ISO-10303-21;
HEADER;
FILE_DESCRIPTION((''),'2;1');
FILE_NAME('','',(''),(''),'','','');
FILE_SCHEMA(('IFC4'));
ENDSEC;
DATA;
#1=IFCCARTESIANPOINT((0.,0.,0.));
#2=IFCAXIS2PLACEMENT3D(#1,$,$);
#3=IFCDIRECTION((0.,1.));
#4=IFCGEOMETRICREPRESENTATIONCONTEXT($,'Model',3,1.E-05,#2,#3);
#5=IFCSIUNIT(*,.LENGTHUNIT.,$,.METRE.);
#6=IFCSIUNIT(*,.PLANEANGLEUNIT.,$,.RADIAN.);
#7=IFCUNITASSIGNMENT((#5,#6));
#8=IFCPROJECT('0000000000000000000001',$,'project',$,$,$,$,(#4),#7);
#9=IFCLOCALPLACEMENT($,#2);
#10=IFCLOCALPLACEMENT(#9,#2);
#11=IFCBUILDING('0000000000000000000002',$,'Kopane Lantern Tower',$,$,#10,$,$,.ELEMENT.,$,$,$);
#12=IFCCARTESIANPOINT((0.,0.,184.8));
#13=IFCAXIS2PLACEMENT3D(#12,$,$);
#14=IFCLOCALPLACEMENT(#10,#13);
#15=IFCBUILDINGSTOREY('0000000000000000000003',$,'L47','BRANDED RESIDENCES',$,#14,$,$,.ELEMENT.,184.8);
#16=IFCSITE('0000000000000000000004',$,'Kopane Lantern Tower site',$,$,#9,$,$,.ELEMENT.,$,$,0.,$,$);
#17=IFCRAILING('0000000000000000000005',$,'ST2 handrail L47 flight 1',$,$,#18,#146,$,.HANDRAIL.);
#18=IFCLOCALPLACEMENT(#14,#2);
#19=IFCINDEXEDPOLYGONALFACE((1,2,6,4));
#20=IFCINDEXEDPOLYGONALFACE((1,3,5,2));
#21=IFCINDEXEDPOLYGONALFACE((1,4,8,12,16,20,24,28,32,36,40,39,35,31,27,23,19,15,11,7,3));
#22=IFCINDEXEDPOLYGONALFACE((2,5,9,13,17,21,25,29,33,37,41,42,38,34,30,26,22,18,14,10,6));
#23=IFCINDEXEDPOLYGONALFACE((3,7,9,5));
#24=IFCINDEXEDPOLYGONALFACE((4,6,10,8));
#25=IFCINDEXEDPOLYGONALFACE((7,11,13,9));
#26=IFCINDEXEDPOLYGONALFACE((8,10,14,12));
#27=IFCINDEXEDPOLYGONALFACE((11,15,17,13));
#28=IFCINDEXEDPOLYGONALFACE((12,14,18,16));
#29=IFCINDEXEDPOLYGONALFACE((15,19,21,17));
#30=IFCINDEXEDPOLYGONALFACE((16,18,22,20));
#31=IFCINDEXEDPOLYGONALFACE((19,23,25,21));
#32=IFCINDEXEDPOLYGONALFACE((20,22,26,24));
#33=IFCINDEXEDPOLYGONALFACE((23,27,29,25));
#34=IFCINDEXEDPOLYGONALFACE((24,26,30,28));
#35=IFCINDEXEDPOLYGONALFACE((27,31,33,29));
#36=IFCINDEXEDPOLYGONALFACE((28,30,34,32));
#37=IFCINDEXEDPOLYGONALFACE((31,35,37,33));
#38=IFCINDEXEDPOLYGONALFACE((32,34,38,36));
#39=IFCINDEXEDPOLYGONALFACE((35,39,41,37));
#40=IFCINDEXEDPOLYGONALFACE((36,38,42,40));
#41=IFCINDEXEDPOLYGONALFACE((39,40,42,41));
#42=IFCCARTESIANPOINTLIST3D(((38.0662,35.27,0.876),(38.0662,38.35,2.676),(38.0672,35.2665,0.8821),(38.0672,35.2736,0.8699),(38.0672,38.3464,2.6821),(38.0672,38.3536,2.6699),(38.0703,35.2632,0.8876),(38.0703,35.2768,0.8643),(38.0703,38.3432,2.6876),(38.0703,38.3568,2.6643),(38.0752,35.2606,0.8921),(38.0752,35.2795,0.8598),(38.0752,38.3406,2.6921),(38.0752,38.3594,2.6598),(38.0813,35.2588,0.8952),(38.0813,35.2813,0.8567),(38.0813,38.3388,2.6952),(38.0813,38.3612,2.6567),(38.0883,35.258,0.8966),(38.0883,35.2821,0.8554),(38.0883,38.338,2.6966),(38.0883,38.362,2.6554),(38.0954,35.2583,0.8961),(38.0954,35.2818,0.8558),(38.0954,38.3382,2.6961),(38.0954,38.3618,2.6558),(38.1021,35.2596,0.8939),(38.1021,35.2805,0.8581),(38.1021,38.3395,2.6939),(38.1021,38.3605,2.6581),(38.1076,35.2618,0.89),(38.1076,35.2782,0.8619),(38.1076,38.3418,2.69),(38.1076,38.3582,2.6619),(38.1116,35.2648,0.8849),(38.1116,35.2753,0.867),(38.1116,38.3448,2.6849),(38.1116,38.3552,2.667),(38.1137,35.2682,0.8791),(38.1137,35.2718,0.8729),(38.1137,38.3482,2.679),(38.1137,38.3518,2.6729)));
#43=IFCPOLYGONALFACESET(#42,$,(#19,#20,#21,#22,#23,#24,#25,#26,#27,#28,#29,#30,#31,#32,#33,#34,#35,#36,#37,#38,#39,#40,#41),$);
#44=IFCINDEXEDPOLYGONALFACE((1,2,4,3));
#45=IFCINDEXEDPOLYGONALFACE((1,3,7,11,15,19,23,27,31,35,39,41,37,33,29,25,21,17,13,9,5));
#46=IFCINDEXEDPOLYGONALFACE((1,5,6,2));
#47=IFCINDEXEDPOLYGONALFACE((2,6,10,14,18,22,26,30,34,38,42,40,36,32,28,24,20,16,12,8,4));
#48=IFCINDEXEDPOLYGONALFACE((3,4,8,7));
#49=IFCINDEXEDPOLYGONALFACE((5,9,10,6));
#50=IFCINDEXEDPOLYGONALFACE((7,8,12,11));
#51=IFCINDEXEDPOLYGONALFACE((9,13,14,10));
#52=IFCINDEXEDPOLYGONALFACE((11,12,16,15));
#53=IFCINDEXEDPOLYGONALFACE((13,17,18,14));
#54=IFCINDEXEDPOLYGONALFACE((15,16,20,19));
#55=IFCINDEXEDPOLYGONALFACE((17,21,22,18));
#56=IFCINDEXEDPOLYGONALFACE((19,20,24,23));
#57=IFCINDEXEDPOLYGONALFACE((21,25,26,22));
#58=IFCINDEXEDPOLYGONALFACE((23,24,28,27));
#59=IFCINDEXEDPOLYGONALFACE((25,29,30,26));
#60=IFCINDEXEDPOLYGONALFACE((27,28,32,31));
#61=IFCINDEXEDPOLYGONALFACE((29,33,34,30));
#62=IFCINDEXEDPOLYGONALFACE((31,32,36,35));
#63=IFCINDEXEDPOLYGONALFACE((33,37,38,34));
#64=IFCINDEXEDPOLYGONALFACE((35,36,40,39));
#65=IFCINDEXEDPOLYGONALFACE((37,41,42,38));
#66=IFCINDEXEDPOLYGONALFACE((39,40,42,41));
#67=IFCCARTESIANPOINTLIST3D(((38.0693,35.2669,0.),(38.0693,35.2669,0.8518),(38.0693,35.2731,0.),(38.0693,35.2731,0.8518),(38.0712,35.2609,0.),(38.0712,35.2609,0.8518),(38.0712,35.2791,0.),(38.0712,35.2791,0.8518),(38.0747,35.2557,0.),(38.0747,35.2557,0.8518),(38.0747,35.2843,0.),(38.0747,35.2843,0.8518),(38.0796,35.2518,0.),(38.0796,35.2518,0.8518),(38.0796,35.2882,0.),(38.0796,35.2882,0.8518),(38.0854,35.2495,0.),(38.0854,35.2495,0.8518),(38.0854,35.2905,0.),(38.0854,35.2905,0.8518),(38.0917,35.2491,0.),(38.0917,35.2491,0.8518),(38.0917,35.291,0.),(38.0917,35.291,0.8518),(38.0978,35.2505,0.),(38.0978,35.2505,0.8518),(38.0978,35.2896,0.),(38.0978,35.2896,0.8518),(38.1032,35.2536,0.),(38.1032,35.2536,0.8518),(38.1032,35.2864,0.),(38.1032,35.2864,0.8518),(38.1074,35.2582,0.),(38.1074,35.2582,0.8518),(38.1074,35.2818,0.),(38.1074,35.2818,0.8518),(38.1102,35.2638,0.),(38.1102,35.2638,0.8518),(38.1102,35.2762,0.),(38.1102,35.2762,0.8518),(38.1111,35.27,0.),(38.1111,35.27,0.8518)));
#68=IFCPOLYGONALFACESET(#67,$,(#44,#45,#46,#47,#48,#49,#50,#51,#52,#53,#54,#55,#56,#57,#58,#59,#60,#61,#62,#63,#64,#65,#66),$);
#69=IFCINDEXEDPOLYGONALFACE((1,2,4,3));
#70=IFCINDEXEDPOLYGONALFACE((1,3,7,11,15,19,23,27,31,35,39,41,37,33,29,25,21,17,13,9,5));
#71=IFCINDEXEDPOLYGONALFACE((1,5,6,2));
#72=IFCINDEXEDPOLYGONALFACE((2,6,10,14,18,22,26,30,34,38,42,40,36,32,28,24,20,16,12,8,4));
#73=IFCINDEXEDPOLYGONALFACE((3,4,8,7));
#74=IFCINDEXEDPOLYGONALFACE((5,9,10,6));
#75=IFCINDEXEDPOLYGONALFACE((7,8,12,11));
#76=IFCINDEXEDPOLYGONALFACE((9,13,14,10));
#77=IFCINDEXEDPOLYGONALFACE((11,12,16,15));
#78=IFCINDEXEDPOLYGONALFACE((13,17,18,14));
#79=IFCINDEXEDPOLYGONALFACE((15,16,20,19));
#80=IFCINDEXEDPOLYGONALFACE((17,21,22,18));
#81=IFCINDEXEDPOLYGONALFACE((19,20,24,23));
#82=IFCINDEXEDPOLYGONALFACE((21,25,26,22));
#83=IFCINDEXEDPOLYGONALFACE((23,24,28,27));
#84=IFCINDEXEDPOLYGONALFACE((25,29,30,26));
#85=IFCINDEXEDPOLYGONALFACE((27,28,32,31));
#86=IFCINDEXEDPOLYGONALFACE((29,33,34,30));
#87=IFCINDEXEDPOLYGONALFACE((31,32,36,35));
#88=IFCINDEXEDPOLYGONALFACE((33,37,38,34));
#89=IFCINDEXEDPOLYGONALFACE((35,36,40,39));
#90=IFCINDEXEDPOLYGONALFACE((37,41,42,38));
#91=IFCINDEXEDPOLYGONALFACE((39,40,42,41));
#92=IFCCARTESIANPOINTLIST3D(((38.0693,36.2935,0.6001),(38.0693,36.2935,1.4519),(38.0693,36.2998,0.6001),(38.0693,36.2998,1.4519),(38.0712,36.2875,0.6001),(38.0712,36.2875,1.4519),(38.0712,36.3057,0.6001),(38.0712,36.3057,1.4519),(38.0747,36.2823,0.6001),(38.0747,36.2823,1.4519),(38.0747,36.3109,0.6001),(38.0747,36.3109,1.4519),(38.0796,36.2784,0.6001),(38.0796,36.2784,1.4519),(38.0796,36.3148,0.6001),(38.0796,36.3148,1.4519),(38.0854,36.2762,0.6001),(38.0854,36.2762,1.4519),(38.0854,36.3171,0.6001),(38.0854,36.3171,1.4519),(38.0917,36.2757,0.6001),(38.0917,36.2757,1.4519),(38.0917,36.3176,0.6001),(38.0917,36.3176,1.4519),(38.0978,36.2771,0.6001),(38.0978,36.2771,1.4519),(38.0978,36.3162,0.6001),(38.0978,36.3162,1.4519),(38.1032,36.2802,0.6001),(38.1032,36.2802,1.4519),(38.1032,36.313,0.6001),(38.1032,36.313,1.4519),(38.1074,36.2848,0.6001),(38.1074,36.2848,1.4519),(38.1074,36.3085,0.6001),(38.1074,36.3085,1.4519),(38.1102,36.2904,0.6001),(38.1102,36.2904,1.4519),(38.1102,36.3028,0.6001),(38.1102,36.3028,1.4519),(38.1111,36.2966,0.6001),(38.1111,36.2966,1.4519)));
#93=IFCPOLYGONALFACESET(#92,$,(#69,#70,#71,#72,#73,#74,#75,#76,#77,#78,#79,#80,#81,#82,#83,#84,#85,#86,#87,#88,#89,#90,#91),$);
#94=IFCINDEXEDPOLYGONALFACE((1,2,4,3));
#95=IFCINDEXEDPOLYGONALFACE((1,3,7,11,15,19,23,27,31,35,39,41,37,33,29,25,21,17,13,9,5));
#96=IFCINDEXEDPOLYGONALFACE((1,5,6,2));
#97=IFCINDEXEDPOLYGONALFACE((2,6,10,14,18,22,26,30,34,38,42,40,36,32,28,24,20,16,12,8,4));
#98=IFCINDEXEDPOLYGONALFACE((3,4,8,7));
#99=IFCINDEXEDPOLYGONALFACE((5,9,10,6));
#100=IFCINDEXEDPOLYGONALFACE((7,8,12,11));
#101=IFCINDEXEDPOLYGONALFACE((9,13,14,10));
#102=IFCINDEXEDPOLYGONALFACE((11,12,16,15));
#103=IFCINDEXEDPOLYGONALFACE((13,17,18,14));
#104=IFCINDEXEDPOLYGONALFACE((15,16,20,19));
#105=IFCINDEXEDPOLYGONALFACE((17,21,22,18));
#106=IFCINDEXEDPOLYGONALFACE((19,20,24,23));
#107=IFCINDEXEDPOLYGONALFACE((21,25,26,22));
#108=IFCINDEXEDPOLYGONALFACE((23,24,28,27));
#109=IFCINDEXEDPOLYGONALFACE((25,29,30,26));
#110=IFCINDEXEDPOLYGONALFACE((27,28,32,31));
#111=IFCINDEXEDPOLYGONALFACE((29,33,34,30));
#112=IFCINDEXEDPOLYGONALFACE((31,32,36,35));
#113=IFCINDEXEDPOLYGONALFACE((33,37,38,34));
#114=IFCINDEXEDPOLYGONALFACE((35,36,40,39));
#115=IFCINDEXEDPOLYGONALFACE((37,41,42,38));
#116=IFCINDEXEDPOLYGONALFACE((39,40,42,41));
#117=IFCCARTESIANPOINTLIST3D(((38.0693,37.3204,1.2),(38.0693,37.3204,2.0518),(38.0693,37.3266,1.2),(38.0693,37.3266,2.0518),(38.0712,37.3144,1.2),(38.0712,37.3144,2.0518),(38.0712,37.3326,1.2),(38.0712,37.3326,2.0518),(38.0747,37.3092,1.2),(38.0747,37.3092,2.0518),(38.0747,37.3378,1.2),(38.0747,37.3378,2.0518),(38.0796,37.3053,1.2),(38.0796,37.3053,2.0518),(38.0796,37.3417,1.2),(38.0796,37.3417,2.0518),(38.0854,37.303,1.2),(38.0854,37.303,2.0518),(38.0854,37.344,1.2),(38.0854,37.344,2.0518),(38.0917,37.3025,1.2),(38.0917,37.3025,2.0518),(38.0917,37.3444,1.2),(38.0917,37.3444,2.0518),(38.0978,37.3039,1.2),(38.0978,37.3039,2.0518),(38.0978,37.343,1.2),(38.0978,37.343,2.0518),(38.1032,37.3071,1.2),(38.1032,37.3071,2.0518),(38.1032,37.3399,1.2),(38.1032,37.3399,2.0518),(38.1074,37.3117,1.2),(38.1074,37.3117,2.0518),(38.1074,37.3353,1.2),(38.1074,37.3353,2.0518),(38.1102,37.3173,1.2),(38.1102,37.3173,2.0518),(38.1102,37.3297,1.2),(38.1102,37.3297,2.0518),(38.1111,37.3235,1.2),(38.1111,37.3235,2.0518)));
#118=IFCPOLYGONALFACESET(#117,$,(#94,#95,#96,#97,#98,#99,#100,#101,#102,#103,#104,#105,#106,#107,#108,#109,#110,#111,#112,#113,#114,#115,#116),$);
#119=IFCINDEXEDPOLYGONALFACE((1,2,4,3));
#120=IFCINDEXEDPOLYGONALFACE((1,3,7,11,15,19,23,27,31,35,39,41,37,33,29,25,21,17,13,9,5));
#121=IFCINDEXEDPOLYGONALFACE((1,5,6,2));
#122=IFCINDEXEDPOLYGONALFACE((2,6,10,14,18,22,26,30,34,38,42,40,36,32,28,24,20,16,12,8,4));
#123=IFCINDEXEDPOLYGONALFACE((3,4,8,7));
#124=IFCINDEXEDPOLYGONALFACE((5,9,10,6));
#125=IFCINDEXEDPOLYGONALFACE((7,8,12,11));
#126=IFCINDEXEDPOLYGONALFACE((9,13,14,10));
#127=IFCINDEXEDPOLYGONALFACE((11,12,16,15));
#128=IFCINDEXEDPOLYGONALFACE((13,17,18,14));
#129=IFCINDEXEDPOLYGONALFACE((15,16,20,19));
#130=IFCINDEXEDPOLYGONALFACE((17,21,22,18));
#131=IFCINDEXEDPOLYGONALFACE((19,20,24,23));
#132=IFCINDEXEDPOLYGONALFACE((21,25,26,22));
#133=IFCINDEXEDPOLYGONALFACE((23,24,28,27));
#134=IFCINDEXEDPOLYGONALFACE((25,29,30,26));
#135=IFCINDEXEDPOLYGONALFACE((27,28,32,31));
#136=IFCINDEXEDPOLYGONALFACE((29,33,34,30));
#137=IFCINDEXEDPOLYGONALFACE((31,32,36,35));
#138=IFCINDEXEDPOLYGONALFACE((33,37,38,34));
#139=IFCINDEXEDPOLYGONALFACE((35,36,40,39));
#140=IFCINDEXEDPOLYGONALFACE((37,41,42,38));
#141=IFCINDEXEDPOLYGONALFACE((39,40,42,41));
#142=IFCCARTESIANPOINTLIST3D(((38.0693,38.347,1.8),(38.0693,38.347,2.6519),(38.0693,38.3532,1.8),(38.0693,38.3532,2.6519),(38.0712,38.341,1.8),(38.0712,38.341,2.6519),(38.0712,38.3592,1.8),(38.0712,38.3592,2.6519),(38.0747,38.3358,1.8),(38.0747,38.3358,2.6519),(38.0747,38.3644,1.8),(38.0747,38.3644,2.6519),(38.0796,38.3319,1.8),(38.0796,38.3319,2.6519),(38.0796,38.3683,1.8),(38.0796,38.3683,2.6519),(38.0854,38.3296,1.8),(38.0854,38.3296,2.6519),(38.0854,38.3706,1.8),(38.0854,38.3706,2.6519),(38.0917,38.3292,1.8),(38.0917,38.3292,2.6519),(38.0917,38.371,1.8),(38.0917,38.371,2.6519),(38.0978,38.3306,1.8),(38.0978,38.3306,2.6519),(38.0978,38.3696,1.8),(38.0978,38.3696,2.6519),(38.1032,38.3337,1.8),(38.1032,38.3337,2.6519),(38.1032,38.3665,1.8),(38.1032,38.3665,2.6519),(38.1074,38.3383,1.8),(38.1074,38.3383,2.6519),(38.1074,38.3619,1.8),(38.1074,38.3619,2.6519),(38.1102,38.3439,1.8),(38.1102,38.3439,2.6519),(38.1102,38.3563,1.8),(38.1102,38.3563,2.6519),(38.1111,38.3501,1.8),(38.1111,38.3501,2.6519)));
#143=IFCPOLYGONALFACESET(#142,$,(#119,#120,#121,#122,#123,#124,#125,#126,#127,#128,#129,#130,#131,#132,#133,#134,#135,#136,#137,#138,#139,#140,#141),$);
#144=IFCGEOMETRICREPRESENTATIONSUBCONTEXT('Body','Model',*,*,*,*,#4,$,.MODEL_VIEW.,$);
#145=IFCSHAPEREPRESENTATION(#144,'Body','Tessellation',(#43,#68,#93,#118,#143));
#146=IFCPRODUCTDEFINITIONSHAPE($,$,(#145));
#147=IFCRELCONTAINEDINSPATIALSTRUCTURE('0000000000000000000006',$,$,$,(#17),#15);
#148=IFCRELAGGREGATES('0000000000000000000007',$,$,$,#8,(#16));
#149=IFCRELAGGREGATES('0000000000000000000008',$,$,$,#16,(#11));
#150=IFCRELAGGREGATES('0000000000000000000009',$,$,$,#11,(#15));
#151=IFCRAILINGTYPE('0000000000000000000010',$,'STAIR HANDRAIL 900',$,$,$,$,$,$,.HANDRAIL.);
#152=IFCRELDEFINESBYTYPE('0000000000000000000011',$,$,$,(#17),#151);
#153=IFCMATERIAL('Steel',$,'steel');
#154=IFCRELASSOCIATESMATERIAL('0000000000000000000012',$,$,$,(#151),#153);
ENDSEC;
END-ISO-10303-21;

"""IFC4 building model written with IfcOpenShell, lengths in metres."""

from ifc_helpers import new_model, si_unit, direction, frame, origin, origin_2d, place, context, subcontext, project, spatial, circle, extrude, material, type_object, element, save


model = new_model("IFC4")

# Units and contexts
model_context = context("Model", 3, precision=1e-05, world=origin(), true_north=direction((0.0, 1.0)))
body_context = subcontext(model_context, "Body", "Model", "MODEL_VIEW")
ifc_project = project(units=[si_unit("LENGTHUNIT", "METRE"), si_unit("PLANEANGLEUNIT", "RADIAN")], contexts=[model_context])

# Site, building, storey
site_placement = place(None, origin())
site = spatial("IfcSite", under=ifc_project, at=site_placement, Name="Kopane Lantern Tower site", CompositionType="ELEMENT", RefElevation=0.0)
building_placement = place(site_placement, origin())
building = spatial("IfcBuilding", under=site, at=building_placement, Name="Kopane Lantern Tower", CompositionType="ELEMENT")
storey_placement = place(building_placement, frame((0.0, 0.0, 184.8)))
storey = spatial("IfcBuildingStorey", under=building, at=storey_placement, Name="L47", Description="BRANDED RESIDENCES", CompositionType="ELEMENT", Elevation=184.8)

# Railing
ifc_material_1 = material(Name="Steel", Category="steel")
railing_type_1 = type_object("IfcRailingType", Name="STAIR HANDRAIL 900", PredefinedType="HANDRAIL", material=ifc_material_1)
for number, where, name in (
    (1, (38.0901, 35.27, 0.0), "ST2 handrail L47 flight 1"),
):
    element("IfcRailing", number, at=place(storey_placement, frame(where)), inside=storey, type_object=railing_type_1, Name=name, PredefinedType="HANDRAIL", context=body_context, shape_type="SweptSolid", body=[
        extrude(circle(Radius=0.0239, at=origin_2d()), frame((0.0, 0.0, 0.876), z_axis=(0.0, 0.863372, 0.504569), x_axis=(-1.0, 0.0, 0.0)), (0.0, 0.0, 1.0), 3.5674),
        extrude(circle(Radius=0.021, at=origin_2d()), origin(), (0.0, 0.0, 1.0), 0.8518),
        extrude(circle(Radius=0.021, at=origin_2d()), frame((0.0, 1.0266, 0.6001)), (0.0, 0.0, 1.0), 0.8518),
        extrude(circle(Radius=0.021, at=origin_2d()), frame((0.0, 2.0535, 1.2)), (0.0, 0.0, 1.0), 0.8518),
        extrude(circle(Radius=0.021, at=origin_2d()), frame((0.0, 3.0801, 1.8)), (0.0, 0.0, 1.0), 0.8518),
    ])

save(model, "model.ifc")
